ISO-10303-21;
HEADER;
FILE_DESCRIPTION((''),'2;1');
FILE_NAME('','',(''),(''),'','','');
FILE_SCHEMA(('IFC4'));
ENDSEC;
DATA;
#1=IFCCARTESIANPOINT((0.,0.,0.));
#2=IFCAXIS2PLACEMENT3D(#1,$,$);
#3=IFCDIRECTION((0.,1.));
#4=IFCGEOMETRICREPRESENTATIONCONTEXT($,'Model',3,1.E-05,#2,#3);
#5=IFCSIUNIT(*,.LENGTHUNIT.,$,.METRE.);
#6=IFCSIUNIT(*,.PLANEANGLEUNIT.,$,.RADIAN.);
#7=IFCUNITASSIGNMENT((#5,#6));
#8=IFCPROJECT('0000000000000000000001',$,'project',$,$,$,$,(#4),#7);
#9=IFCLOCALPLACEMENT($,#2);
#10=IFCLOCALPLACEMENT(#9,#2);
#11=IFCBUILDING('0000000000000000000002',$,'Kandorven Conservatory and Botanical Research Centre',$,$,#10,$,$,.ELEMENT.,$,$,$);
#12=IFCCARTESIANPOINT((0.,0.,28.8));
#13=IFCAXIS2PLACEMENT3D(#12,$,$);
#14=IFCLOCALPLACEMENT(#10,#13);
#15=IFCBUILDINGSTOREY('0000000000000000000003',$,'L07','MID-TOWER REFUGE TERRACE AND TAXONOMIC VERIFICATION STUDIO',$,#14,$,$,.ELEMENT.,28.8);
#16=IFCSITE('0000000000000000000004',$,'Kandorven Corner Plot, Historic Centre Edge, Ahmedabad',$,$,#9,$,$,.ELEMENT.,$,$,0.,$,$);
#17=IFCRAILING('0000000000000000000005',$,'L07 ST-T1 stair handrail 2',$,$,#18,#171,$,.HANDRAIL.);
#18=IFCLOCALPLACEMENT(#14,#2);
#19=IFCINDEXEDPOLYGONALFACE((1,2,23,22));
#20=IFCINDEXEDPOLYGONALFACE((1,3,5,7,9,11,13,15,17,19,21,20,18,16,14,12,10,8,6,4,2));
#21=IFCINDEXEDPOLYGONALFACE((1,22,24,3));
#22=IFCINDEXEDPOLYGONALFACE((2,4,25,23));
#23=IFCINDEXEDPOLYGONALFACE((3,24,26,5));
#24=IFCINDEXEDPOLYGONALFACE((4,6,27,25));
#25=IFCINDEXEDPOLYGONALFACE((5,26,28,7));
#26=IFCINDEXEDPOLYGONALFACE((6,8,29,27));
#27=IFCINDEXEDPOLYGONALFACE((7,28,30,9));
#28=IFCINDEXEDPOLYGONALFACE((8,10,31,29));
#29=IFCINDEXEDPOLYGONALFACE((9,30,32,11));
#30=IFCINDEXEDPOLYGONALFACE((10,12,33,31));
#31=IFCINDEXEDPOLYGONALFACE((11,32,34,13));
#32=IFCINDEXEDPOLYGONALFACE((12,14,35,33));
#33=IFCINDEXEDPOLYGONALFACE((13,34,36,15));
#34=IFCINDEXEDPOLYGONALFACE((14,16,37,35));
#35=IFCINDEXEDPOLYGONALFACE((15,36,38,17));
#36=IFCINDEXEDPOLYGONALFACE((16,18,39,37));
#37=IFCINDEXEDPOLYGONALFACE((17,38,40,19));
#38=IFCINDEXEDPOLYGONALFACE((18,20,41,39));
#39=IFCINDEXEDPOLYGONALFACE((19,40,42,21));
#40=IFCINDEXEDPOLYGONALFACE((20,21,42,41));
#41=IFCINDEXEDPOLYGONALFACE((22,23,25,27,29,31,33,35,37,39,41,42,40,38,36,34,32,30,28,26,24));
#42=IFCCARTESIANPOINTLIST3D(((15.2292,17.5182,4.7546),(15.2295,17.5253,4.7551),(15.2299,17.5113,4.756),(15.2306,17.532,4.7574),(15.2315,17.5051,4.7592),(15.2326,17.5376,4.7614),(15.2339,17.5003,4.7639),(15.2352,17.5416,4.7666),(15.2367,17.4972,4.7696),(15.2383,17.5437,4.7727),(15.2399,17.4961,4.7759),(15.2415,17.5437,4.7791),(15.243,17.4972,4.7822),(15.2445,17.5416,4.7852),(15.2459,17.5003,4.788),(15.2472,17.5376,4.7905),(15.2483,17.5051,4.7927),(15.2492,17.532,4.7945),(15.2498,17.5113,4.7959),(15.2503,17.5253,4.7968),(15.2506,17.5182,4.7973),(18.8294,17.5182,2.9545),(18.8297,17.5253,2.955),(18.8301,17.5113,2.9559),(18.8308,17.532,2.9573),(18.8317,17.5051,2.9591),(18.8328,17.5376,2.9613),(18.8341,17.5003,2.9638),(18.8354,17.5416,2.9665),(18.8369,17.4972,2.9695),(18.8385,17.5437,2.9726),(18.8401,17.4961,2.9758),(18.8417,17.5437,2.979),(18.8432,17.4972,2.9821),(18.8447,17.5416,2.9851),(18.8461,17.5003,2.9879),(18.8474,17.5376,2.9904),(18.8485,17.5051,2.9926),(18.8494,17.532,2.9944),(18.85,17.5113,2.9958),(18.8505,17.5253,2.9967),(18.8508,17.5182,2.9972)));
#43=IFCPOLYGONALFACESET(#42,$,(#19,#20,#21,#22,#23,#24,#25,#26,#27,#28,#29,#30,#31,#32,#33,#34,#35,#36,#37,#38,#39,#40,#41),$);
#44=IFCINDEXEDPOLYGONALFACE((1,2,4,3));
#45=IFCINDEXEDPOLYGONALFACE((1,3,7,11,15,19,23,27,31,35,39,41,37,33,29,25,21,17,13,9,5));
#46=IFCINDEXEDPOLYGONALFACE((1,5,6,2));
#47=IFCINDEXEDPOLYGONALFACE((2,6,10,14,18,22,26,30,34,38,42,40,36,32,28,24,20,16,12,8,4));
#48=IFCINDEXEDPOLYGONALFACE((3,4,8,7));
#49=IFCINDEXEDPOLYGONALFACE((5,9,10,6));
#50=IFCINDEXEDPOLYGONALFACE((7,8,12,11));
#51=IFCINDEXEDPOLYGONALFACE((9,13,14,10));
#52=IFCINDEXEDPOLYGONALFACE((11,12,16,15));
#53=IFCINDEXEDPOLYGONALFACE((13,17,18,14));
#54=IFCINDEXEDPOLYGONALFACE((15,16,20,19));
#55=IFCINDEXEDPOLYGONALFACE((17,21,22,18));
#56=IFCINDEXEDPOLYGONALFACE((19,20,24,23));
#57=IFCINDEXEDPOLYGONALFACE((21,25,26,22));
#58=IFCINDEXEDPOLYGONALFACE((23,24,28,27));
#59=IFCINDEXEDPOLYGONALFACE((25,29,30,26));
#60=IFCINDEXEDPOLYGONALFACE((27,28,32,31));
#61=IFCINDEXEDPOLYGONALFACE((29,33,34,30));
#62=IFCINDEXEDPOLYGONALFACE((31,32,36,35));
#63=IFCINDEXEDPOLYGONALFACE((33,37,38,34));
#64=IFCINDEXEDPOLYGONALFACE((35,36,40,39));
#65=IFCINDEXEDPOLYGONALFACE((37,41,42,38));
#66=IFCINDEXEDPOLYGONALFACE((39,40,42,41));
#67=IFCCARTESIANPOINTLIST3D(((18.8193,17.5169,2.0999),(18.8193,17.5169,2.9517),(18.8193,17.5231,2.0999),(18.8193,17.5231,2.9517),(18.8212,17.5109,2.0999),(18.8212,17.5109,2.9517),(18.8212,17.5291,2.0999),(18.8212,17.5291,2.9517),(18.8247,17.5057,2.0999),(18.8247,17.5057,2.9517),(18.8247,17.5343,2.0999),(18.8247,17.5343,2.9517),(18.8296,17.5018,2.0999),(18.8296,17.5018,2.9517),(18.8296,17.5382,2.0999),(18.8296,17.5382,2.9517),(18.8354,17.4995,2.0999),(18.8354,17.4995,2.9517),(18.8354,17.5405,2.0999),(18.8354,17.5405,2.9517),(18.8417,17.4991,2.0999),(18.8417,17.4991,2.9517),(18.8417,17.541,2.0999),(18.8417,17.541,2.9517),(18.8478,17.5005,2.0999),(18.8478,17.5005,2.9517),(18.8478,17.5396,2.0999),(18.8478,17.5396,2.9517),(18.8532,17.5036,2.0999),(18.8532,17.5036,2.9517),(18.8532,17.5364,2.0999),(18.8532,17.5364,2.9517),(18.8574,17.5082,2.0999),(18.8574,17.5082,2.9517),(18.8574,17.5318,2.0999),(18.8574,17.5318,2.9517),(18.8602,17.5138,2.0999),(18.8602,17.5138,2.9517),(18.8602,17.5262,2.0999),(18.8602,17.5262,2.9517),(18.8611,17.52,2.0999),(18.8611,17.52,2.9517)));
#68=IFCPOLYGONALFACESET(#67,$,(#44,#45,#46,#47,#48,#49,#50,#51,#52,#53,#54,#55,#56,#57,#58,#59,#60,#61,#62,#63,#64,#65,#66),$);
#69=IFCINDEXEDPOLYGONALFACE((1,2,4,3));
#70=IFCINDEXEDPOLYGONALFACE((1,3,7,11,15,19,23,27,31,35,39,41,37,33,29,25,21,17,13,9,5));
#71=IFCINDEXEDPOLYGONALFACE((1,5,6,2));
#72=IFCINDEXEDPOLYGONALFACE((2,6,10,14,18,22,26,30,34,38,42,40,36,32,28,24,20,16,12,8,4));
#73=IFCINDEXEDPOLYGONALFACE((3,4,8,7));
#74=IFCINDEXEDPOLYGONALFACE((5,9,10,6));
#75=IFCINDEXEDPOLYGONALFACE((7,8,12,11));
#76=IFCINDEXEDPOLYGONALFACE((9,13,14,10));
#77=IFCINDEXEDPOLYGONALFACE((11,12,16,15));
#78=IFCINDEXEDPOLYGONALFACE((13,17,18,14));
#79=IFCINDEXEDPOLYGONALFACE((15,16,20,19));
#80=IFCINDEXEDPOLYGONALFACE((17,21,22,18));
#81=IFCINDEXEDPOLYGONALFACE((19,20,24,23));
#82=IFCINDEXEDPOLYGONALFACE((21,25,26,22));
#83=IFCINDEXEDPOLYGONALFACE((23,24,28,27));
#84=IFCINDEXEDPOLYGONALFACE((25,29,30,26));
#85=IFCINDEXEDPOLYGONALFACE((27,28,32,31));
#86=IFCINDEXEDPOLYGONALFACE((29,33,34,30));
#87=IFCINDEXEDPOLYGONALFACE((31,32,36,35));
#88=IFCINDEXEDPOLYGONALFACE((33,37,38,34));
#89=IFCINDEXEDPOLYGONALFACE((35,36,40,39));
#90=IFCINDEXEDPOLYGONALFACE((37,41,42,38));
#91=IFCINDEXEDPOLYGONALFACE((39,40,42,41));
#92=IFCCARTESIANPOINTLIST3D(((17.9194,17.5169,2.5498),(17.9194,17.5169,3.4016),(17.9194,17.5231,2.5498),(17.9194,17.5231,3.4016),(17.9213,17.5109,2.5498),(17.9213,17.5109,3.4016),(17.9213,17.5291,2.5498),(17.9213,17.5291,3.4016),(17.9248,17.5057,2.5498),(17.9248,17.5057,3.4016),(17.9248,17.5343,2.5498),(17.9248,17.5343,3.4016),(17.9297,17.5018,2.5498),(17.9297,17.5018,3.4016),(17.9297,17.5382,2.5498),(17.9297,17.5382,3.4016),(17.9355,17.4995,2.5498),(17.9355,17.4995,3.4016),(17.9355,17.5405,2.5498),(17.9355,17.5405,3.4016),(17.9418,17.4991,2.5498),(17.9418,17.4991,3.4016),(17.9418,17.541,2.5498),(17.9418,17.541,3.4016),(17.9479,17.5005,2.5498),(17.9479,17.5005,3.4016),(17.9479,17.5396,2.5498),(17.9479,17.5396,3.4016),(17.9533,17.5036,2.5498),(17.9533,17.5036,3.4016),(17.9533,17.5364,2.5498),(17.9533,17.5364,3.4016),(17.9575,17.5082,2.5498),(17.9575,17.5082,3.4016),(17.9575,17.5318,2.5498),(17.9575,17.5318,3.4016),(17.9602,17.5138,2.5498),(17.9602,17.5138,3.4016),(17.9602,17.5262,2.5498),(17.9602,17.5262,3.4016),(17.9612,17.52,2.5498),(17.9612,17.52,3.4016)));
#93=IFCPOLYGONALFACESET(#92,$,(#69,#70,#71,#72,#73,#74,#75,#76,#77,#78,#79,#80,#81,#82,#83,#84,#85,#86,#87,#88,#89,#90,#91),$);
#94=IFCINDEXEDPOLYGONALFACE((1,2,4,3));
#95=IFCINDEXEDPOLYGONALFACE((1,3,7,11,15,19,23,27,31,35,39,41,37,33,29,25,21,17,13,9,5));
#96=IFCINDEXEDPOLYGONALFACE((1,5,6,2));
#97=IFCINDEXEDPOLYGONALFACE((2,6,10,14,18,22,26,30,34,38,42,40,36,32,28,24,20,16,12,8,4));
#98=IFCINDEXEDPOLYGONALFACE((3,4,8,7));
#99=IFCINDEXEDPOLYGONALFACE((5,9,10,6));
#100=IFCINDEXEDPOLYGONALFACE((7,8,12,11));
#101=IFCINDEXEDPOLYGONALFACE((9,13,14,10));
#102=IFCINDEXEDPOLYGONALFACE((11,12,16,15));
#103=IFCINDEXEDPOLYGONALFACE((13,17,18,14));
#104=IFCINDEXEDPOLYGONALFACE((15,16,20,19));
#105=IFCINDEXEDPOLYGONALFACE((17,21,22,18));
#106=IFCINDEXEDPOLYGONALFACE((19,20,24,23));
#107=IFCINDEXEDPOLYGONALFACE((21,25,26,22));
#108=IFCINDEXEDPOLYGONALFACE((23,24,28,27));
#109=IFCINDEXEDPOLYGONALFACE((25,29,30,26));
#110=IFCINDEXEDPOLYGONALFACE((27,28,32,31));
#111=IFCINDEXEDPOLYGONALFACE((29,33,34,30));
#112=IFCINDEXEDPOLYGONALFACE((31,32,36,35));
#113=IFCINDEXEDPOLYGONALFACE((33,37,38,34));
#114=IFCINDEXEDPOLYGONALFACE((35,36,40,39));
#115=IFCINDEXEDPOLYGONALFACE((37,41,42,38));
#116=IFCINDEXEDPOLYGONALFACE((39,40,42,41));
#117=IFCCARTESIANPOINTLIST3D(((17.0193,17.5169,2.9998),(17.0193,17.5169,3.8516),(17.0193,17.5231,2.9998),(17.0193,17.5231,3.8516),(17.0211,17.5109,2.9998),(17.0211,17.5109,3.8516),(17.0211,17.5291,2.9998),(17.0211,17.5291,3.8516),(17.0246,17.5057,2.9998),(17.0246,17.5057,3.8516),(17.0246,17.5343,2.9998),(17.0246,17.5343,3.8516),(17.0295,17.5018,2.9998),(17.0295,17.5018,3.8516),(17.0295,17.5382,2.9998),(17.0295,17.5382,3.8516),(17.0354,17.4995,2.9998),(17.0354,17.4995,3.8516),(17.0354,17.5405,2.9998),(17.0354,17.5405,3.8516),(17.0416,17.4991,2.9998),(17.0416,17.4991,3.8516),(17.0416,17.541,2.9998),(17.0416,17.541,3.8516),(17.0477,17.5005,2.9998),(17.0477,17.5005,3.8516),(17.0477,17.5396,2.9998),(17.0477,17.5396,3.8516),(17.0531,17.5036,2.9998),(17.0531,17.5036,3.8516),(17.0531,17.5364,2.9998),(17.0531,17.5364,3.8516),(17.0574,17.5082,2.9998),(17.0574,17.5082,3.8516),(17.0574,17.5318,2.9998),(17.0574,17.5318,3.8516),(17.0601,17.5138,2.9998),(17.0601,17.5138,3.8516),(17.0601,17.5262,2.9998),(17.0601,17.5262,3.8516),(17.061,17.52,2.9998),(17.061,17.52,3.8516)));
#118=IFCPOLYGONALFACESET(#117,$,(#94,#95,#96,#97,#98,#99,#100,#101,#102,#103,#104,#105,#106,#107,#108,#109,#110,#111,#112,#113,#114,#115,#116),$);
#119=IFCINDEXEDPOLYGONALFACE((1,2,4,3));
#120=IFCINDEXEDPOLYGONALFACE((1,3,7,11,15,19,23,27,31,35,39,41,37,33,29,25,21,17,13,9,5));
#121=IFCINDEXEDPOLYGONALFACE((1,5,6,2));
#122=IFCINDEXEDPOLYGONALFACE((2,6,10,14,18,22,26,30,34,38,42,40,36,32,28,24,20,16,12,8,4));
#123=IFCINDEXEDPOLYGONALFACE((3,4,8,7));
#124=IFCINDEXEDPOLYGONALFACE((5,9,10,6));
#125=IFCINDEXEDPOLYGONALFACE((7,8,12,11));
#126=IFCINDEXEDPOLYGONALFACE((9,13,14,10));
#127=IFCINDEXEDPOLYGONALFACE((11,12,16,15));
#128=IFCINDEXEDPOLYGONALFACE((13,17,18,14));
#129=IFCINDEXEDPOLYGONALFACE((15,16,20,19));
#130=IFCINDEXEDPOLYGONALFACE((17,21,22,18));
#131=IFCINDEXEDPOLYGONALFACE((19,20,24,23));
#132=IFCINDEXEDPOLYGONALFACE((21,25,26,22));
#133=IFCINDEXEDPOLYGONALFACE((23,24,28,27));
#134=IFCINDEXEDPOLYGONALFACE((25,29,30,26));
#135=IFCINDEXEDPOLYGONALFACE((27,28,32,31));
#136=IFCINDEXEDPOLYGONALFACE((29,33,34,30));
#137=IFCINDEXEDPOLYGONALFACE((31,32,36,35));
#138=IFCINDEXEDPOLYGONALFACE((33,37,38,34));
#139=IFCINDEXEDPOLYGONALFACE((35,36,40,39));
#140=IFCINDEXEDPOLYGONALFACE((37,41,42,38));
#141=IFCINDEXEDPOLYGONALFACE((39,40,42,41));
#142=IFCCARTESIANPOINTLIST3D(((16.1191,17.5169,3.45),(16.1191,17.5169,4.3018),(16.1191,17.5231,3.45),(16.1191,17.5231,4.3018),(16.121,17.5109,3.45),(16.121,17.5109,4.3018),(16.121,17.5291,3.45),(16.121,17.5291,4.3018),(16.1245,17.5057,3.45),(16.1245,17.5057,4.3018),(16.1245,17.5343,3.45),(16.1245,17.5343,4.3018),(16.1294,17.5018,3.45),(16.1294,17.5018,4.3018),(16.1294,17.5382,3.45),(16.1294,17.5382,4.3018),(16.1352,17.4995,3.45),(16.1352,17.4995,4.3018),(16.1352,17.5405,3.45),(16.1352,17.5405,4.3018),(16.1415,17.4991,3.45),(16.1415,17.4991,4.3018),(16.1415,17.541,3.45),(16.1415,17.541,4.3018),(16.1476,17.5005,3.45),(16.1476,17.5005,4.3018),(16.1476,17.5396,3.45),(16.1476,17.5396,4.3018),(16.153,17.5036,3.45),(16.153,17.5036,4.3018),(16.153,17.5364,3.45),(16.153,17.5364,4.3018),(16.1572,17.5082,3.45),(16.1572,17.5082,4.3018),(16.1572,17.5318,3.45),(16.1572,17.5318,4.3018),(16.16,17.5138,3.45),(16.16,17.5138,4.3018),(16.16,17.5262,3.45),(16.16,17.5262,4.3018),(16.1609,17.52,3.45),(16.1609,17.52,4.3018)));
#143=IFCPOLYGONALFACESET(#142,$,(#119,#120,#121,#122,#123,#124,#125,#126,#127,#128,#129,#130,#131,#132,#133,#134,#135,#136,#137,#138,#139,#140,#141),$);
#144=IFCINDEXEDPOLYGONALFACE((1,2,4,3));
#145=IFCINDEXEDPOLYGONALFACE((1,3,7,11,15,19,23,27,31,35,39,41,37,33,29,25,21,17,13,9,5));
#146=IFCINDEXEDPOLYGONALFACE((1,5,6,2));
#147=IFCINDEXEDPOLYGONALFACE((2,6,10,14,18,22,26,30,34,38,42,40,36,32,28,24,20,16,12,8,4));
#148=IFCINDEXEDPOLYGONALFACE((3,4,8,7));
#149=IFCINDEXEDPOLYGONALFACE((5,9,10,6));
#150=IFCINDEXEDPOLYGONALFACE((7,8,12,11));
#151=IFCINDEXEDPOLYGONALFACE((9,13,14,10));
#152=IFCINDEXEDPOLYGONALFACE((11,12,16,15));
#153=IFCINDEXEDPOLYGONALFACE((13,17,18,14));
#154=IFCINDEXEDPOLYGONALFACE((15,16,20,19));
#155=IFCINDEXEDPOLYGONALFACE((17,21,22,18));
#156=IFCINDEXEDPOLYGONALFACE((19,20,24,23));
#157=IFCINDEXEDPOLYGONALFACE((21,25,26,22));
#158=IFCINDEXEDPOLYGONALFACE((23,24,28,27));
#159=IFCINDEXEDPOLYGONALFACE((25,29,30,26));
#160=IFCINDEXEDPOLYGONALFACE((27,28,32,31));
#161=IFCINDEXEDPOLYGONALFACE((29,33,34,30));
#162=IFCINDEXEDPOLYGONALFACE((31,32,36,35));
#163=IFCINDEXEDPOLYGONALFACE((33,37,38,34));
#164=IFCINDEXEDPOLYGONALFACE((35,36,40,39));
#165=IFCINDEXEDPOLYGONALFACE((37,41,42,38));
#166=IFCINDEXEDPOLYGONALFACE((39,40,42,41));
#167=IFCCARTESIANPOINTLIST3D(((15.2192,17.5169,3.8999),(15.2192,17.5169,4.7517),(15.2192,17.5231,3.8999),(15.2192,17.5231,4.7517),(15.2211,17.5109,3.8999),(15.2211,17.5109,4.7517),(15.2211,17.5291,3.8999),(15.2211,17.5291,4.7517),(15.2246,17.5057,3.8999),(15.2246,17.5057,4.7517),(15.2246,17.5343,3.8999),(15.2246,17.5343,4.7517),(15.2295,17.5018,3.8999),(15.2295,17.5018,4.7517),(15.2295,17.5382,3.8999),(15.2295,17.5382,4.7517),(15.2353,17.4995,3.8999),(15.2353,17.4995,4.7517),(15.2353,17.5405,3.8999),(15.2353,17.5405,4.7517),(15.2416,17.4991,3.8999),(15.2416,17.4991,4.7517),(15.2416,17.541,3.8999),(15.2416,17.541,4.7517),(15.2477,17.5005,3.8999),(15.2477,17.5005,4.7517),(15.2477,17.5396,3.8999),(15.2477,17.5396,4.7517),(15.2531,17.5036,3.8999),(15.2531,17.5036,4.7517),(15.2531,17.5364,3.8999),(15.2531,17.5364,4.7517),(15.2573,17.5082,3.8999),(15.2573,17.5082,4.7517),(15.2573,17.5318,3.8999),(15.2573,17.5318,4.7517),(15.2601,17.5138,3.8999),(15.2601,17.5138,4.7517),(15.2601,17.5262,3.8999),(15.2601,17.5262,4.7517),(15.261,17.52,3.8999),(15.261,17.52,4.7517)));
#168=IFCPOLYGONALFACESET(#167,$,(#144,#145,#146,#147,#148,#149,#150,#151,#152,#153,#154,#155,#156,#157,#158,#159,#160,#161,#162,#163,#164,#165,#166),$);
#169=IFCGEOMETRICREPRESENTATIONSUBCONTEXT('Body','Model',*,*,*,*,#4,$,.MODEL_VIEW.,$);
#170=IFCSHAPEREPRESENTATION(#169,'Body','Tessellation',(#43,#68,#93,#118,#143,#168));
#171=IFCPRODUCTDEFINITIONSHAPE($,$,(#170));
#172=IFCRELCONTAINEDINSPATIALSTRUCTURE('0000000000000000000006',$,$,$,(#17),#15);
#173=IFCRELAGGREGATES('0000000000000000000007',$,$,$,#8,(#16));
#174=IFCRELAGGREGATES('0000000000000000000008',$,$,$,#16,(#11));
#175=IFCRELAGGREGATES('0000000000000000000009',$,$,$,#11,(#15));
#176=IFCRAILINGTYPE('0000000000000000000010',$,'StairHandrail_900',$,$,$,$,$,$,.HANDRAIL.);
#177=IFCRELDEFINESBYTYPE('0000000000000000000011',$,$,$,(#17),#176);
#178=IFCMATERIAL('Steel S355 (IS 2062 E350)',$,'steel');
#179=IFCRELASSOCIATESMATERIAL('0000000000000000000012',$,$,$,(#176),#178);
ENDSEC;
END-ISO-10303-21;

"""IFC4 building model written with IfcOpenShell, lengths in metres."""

from ifc_helpers import new_model, si_unit, direction, frame, origin, origin_2d, place, context, subcontext, project, spatial, circle, extrude, material, type_object, element, save


model = new_model("IFC4")

# Units and contexts
model_context = context("Model", 3, precision=1e-05, world=origin(), true_north=direction((0.0, 1.0)))
body_context = subcontext(model_context, "Body", "Model", "MODEL_VIEW")
ifc_project = project(units=[si_unit("LENGTHUNIT", "METRE"), si_unit("PLANEANGLEUNIT", "RADIAN")], contexts=[model_context])

# Site, building, storey
site_placement = place(None, origin())
site = spatial("IfcSite", under=ifc_project, at=site_placement, Name="Kandorven Corner Plot, Historic Centre Edge, Ahmedabad", CompositionType="ELEMENT", RefElevation=0.0)
building_placement = place(site_placement, origin())
building = spatial("IfcBuilding", under=site, at=building_placement, Name="Kandorven Conservatory and Botanical Research Centre", CompositionType="ELEMENT")
storey_placement = place(building_placement, frame((0.0, 0.0, 28.8)))
storey = spatial("IfcBuildingStorey", under=building, at=storey_placement, Name="L07", Description="MID-TOWER REFUGE TERRACE AND TAXONOMIC VERIFICATION STUDIO", CompositionType="ELEMENT", Elevation=28.8)

# Railing
ifc_material_1 = material(Name="Steel S355 (IS 2062 E350)", Category="steel")
railing_type_1 = type_object("IfcRailingType", Name="StairHandrail_900", PredefinedType="HANDRAIL", material=ifc_material_1)
railing_1_placement = place(storey_placement, frame((18.8401, 17.52, 2.0999)))
element("IfcRailing", 1, at=railing_1_placement, inside=storey, type_object=railing_type_1, Name="L07 ST-T1 stair handrail 2", PredefinedType="HANDRAIL", context=body_context, shape_type="SweptSolid", body=[
    extrude(circle(Radius=0.0239, at=origin_2d()), frame((0.0, 0.0, 0.876), z_axis=(-0.894427, 0.0, 0.447214), x_axis=(0.0, -1.0, 0.0)), (0.0, 0.0, 1.0), 4.0251),
    extrude(circle(Radius=0.021, at=origin_2d()), origin(), (0.0, 0.0, 1.0), 0.8518),
    extrude(circle(Radius=0.021, at=origin_2d()), frame((-0.8999, 0.0, 0.45)), (0.0, 0.0, 1.0), 0.8518),
    extrude(circle(Radius=0.021, at=origin_2d()), frame((-1.8, 0.0, 0.8999)), (0.0, 0.0, 1.0), 0.8518),
    extrude(circle(Radius=0.021, at=origin_2d()), frame((-2.7002, 0.0, 1.3501)), (0.0, 0.0, 1.0), 0.8518),
    extrude(circle(Radius=0.021, at=origin_2d()), frame((-3.6001, 0.0, 1.8)), (0.0, 0.0, 1.0), 0.8518),
])

save(model, "model.ifc")
